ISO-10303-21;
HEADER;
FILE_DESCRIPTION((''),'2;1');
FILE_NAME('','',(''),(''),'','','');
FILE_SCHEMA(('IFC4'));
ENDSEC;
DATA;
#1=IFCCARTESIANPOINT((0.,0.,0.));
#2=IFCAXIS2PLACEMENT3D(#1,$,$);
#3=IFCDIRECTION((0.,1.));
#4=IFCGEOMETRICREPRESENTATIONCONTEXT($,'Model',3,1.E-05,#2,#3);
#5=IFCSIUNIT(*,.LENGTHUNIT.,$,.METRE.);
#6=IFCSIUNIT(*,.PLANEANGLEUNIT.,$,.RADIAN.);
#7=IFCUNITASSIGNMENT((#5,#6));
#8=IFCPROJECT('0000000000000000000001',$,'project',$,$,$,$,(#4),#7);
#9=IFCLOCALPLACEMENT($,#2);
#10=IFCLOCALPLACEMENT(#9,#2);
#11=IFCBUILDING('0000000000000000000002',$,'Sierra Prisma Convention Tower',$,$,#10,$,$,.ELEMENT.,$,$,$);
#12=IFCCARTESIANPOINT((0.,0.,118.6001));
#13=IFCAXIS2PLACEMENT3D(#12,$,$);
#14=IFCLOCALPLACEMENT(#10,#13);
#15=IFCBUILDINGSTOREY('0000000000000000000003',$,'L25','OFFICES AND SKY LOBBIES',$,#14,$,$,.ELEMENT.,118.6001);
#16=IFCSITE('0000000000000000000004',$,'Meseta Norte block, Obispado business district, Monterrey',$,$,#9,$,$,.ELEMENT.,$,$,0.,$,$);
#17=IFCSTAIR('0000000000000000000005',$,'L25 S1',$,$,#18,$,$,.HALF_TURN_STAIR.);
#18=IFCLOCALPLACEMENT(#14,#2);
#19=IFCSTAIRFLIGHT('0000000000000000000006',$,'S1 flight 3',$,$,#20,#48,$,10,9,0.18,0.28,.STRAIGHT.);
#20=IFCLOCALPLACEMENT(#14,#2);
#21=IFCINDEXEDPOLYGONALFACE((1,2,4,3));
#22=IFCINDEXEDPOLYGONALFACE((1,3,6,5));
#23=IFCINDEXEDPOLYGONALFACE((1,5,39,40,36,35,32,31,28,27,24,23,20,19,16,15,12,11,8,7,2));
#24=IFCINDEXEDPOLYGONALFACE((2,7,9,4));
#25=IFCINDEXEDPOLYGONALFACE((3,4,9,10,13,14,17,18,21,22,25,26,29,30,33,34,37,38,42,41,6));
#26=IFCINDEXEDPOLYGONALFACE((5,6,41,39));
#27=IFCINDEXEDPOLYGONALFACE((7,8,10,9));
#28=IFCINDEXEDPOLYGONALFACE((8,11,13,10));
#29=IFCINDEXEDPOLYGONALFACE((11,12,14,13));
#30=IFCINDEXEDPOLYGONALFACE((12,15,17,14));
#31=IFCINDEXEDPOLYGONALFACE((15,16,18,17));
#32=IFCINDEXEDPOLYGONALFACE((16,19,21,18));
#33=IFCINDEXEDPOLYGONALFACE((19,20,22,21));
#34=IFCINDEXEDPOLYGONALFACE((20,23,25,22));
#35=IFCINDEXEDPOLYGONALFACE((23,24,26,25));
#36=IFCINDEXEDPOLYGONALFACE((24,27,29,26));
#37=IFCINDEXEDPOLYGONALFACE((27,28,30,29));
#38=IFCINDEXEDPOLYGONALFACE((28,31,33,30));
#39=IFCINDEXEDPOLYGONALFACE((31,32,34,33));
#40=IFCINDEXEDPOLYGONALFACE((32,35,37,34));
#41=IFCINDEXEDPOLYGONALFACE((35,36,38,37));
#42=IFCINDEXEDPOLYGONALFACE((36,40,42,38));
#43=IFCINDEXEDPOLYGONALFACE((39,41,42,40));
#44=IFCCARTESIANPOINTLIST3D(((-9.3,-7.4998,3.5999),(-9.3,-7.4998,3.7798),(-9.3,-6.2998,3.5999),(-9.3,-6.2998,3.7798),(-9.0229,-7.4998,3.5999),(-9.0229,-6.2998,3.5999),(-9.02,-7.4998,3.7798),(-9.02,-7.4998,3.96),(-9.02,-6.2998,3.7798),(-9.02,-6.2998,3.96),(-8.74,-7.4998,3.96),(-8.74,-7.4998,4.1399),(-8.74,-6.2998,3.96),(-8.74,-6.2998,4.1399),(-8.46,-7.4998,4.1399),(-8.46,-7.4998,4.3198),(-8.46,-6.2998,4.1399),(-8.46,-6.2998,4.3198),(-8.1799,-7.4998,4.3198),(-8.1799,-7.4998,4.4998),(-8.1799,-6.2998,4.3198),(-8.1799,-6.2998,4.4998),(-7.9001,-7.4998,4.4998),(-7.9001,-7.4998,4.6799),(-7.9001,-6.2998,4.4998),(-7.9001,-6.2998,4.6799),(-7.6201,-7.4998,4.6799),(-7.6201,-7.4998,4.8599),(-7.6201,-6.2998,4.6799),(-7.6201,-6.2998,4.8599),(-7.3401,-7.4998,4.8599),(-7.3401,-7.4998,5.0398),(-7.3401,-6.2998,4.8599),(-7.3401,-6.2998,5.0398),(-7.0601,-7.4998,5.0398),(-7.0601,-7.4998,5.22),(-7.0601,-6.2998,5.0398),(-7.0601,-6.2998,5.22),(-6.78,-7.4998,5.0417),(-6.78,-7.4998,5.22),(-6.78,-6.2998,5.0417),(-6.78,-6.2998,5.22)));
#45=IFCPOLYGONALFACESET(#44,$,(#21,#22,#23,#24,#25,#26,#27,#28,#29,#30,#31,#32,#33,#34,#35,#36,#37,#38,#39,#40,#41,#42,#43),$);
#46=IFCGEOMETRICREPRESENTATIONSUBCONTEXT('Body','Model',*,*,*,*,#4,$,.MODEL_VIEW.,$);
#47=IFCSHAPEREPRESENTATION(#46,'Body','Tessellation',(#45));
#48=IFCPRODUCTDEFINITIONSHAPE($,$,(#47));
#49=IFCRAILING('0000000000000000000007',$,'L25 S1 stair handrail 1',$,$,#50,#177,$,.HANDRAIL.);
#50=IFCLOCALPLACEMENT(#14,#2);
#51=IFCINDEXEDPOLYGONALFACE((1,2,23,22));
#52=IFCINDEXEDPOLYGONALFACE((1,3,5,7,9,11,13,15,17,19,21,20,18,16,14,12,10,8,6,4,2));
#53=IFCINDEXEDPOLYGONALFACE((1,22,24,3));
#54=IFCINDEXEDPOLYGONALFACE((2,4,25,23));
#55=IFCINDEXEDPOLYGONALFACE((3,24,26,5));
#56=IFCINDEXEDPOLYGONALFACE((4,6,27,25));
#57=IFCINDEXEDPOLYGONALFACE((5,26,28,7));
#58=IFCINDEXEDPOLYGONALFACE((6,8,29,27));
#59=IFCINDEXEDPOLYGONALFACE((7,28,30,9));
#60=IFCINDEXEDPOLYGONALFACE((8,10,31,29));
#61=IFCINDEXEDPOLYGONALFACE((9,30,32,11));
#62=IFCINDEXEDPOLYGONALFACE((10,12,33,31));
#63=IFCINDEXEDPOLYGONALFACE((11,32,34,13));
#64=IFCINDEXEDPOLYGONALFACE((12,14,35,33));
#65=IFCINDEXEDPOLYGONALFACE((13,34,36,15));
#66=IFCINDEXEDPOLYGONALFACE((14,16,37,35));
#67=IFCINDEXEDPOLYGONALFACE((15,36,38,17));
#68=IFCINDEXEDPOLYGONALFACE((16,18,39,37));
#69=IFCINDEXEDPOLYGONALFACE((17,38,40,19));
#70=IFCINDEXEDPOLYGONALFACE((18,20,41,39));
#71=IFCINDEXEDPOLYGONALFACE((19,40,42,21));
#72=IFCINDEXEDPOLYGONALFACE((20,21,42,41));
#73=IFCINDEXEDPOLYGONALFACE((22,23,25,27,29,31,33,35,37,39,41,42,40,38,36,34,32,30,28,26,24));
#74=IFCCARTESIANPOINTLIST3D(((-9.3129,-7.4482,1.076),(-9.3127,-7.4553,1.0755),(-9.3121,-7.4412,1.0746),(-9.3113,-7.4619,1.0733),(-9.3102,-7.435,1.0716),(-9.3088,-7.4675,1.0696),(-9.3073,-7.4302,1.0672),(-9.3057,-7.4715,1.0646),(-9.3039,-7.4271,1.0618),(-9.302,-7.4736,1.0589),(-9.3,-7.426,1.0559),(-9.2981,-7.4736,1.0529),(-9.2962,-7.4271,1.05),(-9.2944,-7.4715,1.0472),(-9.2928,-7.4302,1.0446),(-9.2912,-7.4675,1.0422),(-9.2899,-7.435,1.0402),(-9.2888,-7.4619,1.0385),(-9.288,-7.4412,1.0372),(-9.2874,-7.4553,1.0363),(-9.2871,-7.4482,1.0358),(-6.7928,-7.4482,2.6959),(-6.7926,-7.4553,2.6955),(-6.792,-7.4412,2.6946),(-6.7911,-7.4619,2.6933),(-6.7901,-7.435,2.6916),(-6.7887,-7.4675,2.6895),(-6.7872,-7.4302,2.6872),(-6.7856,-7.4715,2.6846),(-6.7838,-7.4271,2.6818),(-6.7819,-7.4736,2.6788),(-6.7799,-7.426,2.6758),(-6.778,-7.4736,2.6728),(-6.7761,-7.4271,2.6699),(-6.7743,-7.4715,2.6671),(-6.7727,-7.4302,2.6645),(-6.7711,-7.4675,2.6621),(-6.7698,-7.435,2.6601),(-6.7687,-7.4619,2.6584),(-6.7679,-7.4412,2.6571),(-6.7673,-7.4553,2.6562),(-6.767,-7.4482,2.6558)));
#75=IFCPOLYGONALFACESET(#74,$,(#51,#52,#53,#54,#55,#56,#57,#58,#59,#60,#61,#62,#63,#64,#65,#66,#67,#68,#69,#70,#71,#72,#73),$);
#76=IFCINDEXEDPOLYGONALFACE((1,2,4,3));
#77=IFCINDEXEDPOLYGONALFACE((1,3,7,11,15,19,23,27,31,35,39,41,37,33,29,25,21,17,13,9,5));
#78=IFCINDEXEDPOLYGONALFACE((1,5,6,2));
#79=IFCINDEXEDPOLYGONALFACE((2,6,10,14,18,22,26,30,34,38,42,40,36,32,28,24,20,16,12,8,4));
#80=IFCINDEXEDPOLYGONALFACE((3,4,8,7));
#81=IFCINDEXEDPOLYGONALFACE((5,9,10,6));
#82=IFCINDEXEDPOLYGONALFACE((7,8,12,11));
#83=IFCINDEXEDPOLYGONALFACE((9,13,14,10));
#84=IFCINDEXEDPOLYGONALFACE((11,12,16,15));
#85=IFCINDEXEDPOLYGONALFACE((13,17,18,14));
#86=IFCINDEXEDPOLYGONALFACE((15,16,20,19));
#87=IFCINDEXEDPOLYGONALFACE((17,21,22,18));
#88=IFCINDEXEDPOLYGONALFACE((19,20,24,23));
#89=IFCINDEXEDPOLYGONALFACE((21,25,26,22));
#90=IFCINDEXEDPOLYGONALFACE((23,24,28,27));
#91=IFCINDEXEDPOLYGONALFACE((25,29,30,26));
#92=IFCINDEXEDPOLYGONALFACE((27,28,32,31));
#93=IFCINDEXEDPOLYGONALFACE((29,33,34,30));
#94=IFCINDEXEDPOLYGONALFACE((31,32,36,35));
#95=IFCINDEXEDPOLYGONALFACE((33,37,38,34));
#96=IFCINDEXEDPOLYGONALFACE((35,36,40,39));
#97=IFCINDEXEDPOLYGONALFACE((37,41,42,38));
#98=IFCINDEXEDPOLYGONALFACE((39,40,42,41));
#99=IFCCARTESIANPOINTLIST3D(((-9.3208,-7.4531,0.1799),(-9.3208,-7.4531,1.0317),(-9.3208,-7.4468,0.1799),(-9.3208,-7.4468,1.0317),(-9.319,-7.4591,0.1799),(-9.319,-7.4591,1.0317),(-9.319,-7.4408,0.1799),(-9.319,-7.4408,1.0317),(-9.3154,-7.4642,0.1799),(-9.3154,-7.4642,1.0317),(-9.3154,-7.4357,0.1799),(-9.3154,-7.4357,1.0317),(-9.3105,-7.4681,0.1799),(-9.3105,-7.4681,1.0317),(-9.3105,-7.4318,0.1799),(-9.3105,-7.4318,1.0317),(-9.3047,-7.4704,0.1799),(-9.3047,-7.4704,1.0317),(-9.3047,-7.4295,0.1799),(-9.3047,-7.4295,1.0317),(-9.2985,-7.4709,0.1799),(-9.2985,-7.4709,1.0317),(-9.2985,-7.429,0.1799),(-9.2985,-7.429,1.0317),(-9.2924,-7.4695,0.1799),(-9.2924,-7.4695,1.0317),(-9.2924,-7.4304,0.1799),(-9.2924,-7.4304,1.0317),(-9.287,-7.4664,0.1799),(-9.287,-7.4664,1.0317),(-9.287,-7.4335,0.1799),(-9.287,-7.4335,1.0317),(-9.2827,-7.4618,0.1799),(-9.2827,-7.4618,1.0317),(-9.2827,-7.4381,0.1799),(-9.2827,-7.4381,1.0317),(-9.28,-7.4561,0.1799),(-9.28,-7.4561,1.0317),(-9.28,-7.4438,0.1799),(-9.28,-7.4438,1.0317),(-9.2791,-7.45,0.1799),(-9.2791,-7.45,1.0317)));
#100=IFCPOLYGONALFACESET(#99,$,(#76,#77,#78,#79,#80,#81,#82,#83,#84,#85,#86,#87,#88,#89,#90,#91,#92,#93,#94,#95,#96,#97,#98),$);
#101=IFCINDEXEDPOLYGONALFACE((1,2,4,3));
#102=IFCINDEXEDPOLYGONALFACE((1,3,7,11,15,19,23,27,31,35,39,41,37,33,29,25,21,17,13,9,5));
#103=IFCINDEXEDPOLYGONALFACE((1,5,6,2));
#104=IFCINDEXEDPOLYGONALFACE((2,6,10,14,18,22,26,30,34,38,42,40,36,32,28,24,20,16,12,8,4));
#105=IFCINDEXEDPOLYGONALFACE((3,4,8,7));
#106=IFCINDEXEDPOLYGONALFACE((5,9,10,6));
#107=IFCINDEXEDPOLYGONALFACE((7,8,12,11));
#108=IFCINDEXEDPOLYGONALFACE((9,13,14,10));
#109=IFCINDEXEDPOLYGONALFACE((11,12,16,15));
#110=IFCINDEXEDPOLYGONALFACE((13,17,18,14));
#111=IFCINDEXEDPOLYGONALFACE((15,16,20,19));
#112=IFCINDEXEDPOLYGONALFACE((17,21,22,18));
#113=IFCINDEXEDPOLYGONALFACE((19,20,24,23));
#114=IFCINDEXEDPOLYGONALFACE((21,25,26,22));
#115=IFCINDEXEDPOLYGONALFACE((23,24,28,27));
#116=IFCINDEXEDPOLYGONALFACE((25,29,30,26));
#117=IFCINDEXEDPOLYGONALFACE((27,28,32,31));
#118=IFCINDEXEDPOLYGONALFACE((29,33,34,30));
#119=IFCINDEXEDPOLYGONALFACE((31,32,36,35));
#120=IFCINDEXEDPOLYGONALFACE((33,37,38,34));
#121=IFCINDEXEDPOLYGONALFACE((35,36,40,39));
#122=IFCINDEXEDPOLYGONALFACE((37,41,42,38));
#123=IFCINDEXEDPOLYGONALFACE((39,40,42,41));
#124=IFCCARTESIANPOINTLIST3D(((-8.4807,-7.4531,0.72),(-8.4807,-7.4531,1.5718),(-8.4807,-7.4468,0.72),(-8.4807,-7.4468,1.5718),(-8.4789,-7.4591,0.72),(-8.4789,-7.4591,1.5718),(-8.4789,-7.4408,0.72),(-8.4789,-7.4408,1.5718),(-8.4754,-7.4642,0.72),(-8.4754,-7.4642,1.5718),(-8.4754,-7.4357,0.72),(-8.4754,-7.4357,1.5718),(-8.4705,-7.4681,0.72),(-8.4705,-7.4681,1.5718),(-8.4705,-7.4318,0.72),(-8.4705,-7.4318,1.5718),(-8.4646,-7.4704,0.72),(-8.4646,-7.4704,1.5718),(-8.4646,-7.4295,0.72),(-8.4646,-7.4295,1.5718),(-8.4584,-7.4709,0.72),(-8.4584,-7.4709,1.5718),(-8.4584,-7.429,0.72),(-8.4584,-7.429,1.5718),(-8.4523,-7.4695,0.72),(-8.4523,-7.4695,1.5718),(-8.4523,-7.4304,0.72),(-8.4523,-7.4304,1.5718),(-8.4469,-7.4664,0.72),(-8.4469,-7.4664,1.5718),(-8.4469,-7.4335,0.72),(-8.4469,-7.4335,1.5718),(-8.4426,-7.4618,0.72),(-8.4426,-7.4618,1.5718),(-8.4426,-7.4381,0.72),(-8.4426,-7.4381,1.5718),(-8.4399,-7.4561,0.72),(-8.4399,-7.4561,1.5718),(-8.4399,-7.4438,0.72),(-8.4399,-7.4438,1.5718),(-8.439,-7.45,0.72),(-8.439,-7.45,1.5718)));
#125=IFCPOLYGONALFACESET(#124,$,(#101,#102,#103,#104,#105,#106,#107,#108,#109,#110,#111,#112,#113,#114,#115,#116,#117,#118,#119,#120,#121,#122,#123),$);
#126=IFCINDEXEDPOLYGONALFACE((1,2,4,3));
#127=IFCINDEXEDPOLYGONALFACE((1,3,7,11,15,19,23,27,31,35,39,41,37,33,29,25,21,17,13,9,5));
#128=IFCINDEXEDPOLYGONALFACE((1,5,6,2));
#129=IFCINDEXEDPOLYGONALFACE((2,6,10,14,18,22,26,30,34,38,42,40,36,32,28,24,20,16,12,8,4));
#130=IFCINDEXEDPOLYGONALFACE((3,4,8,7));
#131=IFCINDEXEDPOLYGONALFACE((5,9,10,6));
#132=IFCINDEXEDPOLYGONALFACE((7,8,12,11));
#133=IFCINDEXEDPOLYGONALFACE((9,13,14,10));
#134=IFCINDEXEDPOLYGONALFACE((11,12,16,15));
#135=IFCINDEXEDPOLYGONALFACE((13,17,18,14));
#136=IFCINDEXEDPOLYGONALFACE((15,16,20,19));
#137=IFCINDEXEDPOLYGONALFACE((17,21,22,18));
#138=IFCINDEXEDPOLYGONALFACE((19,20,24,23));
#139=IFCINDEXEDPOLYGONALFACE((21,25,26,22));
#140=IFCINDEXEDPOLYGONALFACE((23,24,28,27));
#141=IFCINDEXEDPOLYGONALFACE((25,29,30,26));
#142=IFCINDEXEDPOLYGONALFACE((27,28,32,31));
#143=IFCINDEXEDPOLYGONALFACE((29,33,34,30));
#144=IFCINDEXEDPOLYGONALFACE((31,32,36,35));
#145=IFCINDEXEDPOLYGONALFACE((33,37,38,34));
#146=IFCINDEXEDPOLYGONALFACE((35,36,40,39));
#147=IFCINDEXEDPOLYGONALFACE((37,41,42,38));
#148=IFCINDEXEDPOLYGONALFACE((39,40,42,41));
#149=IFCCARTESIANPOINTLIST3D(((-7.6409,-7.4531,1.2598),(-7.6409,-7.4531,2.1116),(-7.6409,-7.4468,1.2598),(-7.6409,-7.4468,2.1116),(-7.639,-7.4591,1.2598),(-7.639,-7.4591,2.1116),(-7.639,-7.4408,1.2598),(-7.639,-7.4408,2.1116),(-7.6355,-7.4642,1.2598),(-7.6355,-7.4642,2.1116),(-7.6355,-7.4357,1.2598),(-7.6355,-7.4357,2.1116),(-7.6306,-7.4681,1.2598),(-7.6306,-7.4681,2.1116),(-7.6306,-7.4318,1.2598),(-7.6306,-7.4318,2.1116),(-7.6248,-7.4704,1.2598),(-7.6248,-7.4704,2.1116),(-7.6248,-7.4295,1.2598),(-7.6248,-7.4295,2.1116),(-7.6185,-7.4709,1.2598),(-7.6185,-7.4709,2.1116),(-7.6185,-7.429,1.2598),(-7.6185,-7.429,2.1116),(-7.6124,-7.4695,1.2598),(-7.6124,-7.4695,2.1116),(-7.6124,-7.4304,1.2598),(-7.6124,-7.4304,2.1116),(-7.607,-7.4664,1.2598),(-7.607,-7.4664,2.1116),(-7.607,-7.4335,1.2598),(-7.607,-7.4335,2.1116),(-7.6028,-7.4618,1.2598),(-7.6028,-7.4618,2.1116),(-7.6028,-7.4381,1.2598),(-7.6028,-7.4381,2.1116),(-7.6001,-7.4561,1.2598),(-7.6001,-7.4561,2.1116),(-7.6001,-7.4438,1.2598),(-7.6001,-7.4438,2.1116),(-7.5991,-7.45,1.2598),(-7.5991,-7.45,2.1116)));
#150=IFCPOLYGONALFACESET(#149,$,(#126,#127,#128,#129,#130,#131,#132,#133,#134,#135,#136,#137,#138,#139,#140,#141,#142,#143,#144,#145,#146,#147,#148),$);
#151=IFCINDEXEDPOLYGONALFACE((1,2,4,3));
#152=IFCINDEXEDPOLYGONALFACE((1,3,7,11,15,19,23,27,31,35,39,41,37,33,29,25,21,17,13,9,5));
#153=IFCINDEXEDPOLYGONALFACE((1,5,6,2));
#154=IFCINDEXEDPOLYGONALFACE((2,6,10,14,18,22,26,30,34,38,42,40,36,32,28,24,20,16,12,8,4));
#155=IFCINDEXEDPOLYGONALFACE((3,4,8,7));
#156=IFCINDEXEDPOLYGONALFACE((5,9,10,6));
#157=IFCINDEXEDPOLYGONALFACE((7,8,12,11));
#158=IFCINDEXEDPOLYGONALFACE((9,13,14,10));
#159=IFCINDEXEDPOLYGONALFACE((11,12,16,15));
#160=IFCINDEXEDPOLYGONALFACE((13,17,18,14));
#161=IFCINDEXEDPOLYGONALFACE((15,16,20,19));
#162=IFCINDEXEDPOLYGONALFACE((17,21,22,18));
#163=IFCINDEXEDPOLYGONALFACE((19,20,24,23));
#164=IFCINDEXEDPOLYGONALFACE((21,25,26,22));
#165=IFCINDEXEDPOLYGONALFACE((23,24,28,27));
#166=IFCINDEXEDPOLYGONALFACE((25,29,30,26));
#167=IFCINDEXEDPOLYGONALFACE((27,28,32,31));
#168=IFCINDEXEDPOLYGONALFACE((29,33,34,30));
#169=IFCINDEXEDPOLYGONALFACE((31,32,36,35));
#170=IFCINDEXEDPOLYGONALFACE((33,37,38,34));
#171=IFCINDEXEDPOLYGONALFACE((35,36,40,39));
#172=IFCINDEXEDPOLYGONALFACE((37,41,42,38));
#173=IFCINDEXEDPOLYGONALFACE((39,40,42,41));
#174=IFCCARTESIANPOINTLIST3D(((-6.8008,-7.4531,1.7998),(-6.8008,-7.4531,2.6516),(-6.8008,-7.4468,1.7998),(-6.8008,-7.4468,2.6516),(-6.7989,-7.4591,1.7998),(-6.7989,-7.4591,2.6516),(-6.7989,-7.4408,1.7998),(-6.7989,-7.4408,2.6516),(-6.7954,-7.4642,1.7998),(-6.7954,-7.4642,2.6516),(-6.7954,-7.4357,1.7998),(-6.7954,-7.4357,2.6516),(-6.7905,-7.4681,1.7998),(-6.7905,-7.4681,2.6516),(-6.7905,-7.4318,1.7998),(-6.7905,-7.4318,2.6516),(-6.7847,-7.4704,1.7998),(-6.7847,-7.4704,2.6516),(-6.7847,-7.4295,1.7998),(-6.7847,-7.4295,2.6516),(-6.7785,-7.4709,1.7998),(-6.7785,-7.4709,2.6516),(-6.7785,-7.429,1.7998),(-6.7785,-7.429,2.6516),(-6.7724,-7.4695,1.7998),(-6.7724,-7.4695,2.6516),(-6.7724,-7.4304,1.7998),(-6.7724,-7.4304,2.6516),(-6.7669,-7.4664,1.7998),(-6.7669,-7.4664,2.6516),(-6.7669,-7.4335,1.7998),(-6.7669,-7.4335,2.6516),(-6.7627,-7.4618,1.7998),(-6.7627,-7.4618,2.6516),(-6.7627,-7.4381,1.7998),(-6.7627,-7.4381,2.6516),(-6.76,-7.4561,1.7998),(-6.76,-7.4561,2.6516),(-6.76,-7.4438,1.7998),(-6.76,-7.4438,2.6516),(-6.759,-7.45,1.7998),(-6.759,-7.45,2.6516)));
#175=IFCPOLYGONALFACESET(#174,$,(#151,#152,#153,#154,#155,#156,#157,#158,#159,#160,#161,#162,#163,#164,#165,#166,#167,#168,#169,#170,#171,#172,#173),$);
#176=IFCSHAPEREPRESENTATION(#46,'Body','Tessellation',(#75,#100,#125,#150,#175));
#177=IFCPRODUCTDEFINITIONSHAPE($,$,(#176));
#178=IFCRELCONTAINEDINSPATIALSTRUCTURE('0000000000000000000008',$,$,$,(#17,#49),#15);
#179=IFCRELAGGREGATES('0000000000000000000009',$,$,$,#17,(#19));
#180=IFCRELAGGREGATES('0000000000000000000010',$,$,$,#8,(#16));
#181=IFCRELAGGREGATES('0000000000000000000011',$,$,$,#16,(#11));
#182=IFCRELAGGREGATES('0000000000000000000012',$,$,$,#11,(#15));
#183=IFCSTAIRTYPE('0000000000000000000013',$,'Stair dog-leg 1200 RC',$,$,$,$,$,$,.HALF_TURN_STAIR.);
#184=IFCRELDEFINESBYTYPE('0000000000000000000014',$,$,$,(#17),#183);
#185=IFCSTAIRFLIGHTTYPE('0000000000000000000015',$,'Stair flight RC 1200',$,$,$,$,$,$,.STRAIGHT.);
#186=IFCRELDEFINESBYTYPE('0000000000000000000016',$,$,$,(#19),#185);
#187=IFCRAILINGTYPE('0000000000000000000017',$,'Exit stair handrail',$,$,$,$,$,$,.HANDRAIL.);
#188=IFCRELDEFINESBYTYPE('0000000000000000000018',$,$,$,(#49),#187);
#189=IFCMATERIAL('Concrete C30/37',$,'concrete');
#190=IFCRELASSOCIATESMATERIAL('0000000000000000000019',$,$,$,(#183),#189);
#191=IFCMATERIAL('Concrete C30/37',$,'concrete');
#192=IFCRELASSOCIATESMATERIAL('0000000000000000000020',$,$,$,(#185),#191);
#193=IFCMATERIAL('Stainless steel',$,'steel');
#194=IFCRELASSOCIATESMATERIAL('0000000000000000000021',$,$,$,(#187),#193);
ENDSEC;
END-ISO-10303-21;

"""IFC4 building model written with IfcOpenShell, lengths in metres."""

from ifc_helpers import new_model, si_unit, direction, frame, origin, origin_2d, place, context, subcontext, project, spatial, polyline, circle, outline, extrude, material, type_object, element, aggregate, save


model = new_model("IFC4")

# Units and contexts
model_context = context("Model", 3, precision=1e-05, world=origin(), true_north=direction((0.0, 1.0)))
body_context = subcontext(model_context, "Body", "Model", "MODEL_VIEW")
ifc_project = project(units=[si_unit("LENGTHUNIT", "METRE"), si_unit("PLANEANGLEUNIT", "RADIAN")], contexts=[model_context])

# Site, building, storey
site_placement = place(None, origin())
site = spatial("IfcSite", under=ifc_project, at=site_placement, Name="Meseta Norte block, Obispado business district, Monterrey", CompositionType="ELEMENT", RefElevation=0.0)
building_placement = place(site_placement, origin())
building = spatial("IfcBuilding", under=site, at=building_placement, Name="Sierra Prisma Convention Tower", CompositionType="ELEMENT")
storey_placement = place(building_placement, frame((0.0, 0.0, 118.6001)))
storey = spatial("IfcBuildingStorey", under=building, at=storey_placement, Name="L25", Description="OFFICES AND SKY LOBBIES", CompositionType="ELEMENT", Elevation=118.6001)

# Stair, stair flight
ifc_material_1 = material(Name="Concrete C30/37", Category="concrete")
stair_type = type_object("IfcStairType", Name="Stair dog-leg 1200 RC", PredefinedType="HALF_TURN_STAIR", material=ifc_material_1)
stair_placement = place(storey_placement, origin())
stair = element("IfcStair", 1, at=stair_placement, inside=storey, type_object=stair_type, Name="L25 S1", PredefinedType="HALF_TURN_STAIR")
ifc_material_2 = material(Name="Concrete C30/37", Category="concrete")
stair_flight_type = type_object("IfcStairFlightType", Name="Stair flight RC 1200", PredefinedType="STRAIGHT", material=ifc_material_2)
stair_flight_1_placement = place(storey_placement, frame((-9.3, -6.8999, 3.5999), z_axis=(0.0, 0.0, 1.0), x_axis=(1.0, 0.0, 0.0)))
stair_flight_1 = element("IfcStairFlight", 2, at=stair_flight_1_placement, type_object=stair_flight_type, Name="S1 flight 3", NumberOfRisers=10, NumberOfTreads=9, PredefinedType="STRAIGHT", RiserHeight=0.18, TreadLength=0.28, context=body_context, shape_type="SweptSolid", body=[
    extrude(outline(polyline([(0.0, 0.0), (0.0, 0.1799), (0.28, 0.1799), (0.28, 0.3601), (0.5601, 0.3601), (0.5601, 0.54), (0.8401, 0.54), (0.8401, 0.72), (1.1201, 0.72), (1.1201, 0.8999), (1.3999, 0.8999), (1.3999, 1.0801), (1.6799, 1.0801), (1.6799, 1.26), (1.96, 1.26), (1.96, 1.4399), (2.24, 1.4399), (2.24, 1.6201), (2.52, 1.6201), (2.52, 1.8), (2.52, 1.4419), (0.2771, 0.0), (0.0, 0.0)])), frame((0.0, 0.6001, 0.0), z_axis=(0.0, -1.0, 0.0), x_axis=(1.0, 0.0, 0.0)), (0.0, 0.0, 1.0), 1.2),
])
aggregate(stair, [stair_flight_1])

# Railing
ifc_material_3 = material(Name="Stainless steel", Category="steel")
railing_type_1 = type_object("IfcRailingType", Name="Exit stair handrail", PredefinedType="HANDRAIL", material=ifc_material_3)
railing_1_placement = place(storey_placement, frame((-9.3, -7.45, 0.1799)))
element("IfcRailing", 3, at=railing_1_placement, inside=storey, type_object=railing_type_1, Name="L25 S1 stair handrail 1", PredefinedType="HANDRAIL", context=body_context, shape_type="SweptSolid", body=[
    extrude(circle(Radius=0.0239, at=origin_2d()), frame((0.0, 0.0, 0.876), z_axis=(0.8412, 0.0, 0.540725), x_axis=(0.0, 1.0, 0.0)), (0.0, 0.0, 1.0), 2.9958),
    extrude(circle(Radius=0.021, at=origin_2d()), origin(), (0.0, 0.0, 1.0), 0.8518),
    extrude(circle(Radius=0.021, at=origin_2d()), frame((0.8401, 0.0, 0.54)), (0.0, 0.0, 1.0), 0.8518),
    extrude(circle(Radius=0.021, at=origin_2d()), frame((1.6799, 0.0, 1.0798)), (0.0, 0.0, 1.0), 0.8518),
    extrude(circle(Radius=0.021, at=origin_2d()), frame((2.52, 0.0, 1.6199)), (0.0, 0.0, 1.0), 0.8518),
])

save(model, "model.ifc")
